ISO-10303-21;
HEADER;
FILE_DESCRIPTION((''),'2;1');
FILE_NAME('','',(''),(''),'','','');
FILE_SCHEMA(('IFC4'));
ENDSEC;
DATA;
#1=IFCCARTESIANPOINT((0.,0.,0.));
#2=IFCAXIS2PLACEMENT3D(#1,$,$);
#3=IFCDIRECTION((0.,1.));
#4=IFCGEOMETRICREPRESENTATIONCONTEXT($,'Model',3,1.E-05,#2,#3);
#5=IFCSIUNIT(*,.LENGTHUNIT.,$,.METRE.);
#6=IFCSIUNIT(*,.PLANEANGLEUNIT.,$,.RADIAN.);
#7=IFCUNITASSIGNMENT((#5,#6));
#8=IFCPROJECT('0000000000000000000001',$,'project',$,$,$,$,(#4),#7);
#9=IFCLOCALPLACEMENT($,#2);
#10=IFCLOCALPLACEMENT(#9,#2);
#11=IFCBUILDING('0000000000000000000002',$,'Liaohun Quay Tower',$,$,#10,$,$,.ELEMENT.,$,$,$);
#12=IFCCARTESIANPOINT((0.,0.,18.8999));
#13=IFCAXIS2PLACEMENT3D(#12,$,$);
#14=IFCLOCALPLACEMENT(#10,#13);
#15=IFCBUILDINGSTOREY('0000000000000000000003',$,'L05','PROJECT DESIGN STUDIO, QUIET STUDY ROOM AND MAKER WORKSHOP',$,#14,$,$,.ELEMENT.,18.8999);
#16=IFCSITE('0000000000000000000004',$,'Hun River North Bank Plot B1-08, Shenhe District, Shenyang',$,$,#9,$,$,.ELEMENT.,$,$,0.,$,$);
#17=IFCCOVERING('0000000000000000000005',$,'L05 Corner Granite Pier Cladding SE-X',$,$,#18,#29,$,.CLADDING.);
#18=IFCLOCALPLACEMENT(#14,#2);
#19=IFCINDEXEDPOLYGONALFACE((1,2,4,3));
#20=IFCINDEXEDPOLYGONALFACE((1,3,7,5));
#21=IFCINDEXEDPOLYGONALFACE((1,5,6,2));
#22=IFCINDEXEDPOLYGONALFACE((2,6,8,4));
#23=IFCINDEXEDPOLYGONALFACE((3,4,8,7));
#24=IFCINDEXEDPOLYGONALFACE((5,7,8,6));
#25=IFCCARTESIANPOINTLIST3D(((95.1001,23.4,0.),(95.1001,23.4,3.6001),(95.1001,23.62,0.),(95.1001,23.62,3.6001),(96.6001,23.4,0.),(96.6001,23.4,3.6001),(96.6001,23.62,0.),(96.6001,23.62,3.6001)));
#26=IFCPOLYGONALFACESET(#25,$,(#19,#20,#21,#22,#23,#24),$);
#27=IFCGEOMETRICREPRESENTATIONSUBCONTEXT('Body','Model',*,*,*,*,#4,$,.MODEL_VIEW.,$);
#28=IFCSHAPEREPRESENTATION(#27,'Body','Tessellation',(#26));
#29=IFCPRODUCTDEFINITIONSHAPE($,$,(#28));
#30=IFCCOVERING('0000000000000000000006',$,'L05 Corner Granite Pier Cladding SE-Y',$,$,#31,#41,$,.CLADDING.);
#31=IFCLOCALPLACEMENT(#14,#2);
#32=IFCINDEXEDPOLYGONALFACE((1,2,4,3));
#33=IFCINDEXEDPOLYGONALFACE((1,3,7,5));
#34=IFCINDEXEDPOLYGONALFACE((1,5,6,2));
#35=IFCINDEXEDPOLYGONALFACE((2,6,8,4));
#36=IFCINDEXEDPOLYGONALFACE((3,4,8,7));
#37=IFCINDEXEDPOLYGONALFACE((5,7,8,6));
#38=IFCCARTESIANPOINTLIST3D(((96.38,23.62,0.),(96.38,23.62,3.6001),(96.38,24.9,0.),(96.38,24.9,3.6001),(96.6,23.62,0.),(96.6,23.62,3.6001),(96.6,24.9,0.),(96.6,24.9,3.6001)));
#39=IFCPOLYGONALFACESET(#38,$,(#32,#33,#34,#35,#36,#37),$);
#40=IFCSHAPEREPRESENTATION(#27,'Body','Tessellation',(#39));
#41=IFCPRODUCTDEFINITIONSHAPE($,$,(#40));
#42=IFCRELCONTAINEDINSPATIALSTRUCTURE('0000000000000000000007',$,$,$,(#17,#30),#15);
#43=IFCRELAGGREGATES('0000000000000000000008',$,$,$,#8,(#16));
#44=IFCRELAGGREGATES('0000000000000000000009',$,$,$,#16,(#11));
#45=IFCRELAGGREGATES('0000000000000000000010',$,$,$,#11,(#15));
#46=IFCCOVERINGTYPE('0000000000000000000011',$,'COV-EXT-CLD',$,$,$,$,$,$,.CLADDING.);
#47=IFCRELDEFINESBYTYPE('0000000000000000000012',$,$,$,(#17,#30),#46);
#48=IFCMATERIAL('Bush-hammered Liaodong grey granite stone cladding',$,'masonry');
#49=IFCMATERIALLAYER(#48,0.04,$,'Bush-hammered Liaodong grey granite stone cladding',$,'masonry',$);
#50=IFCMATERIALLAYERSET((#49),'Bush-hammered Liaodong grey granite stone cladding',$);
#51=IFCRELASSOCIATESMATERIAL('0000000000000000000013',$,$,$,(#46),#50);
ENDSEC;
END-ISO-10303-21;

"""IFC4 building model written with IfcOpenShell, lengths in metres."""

from ifc_helpers import new_model, si_unit, direction, frame, origin, origin_2d, place, context, subcontext, project, spatial, rectangle, extrude, source, transform, mapped, material, layer, layer_set, type_object, element, save


model = new_model("IFC4")

# Units and contexts
model_context = context("Model", 3, precision=1e-05, world=origin(), true_north=direction((0.0, 1.0)))
body_context = subcontext(model_context, "Body", "Model", "MODEL_VIEW")
ifc_project = project(units=[si_unit("LENGTHUNIT", "METRE"), si_unit("PLANEANGLEUNIT", "RADIAN")], contexts=[model_context])

# Site, building, storey
site_placement = place(None, origin())
site = spatial("IfcSite", under=ifc_project, at=site_placement, Name="Hun River North Bank Plot B1-08, Shenhe District, Shenyang", CompositionType="ELEMENT", RefElevation=0.0)
building_placement = place(site_placement, origin())
building = spatial("IfcBuilding", under=site, at=building_placement, Name="Liaohun Quay Tower", CompositionType="ELEMENT")
storey_placement = place(building_placement, frame((0.0, 0.0, 18.8999)))
storey = spatial("IfcBuildingStorey", under=building, at=storey_placement, Name="L05", Description="PROJECT DESIGN STUDIO, QUIET STUDY ROOM AND MAKER WORKSHOP", CompositionType="ELEMENT", Elevation=18.8999)

# Coverings
ifc_material_1 = material(Name="Bush-hammered Liaodong grey granite stone cladding", Category="masonry")
ifc_layer_1 = layer(ifc_material_1, 0.04, Name="Bush-hammered Liaodong grey granite stone cladding", Category="masonry")
ifc_layer_set_1 = layer_set([ifc_layer_1], Name="Bush-hammered Liaodong grey granite stone cladding")
covering_type = type_object("IfcCoveringType", Name="COV-EXT-CLD", PredefinedType="CLADDING", material=ifc_layer_set_1)
shared_shape_1 = source(origin(), body_context, "Body", "SweptSolid", [
    extrude(rectangle(XDim=1.5, YDim=0.22, at=origin_2d()), origin(), (0.0, 0.0, 1.0), 3.6001),
])
covering_1_placement = place(storey_placement, frame((95.8501, 23.51, 0.0), z_axis=(0.0, 0.0, 1.0), x_axis=(1.0, 0.0, 0.0)))
element("IfcCovering", 1, at=covering_1_placement, inside=storey, type_object=covering_type, Name="L05 Corner Granite Pier Cladding SE-X", PredefinedType="CLADDING", context=body_context, shape_type="MappedRepresentation", body=[
    mapped(shared_shape_1, transform((0.0, 0.0, 0.0), x_axis=(1.0, 0.0, 0.0), y_axis=(0.0, 1.0, 0.0), z_axis=(0.0, 0.0, 1.0), scale=1.0)),
])
shared_shape_2 = source(origin(), body_context, "Body", "SweptSolid", [
    extrude(rectangle(XDim=0.22, YDim=1.28, at=origin_2d()), origin(), (0.0, 0.0, 1.0), 3.6001),
])
covering_2_placement = place(storey_placement, frame((96.49, 24.26, 0.0), z_axis=(0.0, 0.0, 1.0), x_axis=(1.0, 0.0, 0.0)))
element("IfcCovering", 2, at=covering_2_placement, inside=storey, type_object=covering_type, Name="L05 Corner Granite Pier Cladding SE-Y", PredefinedType="CLADDING", context=body_context, shape_type="MappedRepresentation", body=[
    mapped(shared_shape_2, transform((0.0, 0.0, 0.0), x_axis=(1.0, 0.0, 0.0), y_axis=(0.0, 1.0, 0.0), z_axis=(0.0, 0.0, 1.0), scale=1.0)),
])

save(model, "model.ifc")
